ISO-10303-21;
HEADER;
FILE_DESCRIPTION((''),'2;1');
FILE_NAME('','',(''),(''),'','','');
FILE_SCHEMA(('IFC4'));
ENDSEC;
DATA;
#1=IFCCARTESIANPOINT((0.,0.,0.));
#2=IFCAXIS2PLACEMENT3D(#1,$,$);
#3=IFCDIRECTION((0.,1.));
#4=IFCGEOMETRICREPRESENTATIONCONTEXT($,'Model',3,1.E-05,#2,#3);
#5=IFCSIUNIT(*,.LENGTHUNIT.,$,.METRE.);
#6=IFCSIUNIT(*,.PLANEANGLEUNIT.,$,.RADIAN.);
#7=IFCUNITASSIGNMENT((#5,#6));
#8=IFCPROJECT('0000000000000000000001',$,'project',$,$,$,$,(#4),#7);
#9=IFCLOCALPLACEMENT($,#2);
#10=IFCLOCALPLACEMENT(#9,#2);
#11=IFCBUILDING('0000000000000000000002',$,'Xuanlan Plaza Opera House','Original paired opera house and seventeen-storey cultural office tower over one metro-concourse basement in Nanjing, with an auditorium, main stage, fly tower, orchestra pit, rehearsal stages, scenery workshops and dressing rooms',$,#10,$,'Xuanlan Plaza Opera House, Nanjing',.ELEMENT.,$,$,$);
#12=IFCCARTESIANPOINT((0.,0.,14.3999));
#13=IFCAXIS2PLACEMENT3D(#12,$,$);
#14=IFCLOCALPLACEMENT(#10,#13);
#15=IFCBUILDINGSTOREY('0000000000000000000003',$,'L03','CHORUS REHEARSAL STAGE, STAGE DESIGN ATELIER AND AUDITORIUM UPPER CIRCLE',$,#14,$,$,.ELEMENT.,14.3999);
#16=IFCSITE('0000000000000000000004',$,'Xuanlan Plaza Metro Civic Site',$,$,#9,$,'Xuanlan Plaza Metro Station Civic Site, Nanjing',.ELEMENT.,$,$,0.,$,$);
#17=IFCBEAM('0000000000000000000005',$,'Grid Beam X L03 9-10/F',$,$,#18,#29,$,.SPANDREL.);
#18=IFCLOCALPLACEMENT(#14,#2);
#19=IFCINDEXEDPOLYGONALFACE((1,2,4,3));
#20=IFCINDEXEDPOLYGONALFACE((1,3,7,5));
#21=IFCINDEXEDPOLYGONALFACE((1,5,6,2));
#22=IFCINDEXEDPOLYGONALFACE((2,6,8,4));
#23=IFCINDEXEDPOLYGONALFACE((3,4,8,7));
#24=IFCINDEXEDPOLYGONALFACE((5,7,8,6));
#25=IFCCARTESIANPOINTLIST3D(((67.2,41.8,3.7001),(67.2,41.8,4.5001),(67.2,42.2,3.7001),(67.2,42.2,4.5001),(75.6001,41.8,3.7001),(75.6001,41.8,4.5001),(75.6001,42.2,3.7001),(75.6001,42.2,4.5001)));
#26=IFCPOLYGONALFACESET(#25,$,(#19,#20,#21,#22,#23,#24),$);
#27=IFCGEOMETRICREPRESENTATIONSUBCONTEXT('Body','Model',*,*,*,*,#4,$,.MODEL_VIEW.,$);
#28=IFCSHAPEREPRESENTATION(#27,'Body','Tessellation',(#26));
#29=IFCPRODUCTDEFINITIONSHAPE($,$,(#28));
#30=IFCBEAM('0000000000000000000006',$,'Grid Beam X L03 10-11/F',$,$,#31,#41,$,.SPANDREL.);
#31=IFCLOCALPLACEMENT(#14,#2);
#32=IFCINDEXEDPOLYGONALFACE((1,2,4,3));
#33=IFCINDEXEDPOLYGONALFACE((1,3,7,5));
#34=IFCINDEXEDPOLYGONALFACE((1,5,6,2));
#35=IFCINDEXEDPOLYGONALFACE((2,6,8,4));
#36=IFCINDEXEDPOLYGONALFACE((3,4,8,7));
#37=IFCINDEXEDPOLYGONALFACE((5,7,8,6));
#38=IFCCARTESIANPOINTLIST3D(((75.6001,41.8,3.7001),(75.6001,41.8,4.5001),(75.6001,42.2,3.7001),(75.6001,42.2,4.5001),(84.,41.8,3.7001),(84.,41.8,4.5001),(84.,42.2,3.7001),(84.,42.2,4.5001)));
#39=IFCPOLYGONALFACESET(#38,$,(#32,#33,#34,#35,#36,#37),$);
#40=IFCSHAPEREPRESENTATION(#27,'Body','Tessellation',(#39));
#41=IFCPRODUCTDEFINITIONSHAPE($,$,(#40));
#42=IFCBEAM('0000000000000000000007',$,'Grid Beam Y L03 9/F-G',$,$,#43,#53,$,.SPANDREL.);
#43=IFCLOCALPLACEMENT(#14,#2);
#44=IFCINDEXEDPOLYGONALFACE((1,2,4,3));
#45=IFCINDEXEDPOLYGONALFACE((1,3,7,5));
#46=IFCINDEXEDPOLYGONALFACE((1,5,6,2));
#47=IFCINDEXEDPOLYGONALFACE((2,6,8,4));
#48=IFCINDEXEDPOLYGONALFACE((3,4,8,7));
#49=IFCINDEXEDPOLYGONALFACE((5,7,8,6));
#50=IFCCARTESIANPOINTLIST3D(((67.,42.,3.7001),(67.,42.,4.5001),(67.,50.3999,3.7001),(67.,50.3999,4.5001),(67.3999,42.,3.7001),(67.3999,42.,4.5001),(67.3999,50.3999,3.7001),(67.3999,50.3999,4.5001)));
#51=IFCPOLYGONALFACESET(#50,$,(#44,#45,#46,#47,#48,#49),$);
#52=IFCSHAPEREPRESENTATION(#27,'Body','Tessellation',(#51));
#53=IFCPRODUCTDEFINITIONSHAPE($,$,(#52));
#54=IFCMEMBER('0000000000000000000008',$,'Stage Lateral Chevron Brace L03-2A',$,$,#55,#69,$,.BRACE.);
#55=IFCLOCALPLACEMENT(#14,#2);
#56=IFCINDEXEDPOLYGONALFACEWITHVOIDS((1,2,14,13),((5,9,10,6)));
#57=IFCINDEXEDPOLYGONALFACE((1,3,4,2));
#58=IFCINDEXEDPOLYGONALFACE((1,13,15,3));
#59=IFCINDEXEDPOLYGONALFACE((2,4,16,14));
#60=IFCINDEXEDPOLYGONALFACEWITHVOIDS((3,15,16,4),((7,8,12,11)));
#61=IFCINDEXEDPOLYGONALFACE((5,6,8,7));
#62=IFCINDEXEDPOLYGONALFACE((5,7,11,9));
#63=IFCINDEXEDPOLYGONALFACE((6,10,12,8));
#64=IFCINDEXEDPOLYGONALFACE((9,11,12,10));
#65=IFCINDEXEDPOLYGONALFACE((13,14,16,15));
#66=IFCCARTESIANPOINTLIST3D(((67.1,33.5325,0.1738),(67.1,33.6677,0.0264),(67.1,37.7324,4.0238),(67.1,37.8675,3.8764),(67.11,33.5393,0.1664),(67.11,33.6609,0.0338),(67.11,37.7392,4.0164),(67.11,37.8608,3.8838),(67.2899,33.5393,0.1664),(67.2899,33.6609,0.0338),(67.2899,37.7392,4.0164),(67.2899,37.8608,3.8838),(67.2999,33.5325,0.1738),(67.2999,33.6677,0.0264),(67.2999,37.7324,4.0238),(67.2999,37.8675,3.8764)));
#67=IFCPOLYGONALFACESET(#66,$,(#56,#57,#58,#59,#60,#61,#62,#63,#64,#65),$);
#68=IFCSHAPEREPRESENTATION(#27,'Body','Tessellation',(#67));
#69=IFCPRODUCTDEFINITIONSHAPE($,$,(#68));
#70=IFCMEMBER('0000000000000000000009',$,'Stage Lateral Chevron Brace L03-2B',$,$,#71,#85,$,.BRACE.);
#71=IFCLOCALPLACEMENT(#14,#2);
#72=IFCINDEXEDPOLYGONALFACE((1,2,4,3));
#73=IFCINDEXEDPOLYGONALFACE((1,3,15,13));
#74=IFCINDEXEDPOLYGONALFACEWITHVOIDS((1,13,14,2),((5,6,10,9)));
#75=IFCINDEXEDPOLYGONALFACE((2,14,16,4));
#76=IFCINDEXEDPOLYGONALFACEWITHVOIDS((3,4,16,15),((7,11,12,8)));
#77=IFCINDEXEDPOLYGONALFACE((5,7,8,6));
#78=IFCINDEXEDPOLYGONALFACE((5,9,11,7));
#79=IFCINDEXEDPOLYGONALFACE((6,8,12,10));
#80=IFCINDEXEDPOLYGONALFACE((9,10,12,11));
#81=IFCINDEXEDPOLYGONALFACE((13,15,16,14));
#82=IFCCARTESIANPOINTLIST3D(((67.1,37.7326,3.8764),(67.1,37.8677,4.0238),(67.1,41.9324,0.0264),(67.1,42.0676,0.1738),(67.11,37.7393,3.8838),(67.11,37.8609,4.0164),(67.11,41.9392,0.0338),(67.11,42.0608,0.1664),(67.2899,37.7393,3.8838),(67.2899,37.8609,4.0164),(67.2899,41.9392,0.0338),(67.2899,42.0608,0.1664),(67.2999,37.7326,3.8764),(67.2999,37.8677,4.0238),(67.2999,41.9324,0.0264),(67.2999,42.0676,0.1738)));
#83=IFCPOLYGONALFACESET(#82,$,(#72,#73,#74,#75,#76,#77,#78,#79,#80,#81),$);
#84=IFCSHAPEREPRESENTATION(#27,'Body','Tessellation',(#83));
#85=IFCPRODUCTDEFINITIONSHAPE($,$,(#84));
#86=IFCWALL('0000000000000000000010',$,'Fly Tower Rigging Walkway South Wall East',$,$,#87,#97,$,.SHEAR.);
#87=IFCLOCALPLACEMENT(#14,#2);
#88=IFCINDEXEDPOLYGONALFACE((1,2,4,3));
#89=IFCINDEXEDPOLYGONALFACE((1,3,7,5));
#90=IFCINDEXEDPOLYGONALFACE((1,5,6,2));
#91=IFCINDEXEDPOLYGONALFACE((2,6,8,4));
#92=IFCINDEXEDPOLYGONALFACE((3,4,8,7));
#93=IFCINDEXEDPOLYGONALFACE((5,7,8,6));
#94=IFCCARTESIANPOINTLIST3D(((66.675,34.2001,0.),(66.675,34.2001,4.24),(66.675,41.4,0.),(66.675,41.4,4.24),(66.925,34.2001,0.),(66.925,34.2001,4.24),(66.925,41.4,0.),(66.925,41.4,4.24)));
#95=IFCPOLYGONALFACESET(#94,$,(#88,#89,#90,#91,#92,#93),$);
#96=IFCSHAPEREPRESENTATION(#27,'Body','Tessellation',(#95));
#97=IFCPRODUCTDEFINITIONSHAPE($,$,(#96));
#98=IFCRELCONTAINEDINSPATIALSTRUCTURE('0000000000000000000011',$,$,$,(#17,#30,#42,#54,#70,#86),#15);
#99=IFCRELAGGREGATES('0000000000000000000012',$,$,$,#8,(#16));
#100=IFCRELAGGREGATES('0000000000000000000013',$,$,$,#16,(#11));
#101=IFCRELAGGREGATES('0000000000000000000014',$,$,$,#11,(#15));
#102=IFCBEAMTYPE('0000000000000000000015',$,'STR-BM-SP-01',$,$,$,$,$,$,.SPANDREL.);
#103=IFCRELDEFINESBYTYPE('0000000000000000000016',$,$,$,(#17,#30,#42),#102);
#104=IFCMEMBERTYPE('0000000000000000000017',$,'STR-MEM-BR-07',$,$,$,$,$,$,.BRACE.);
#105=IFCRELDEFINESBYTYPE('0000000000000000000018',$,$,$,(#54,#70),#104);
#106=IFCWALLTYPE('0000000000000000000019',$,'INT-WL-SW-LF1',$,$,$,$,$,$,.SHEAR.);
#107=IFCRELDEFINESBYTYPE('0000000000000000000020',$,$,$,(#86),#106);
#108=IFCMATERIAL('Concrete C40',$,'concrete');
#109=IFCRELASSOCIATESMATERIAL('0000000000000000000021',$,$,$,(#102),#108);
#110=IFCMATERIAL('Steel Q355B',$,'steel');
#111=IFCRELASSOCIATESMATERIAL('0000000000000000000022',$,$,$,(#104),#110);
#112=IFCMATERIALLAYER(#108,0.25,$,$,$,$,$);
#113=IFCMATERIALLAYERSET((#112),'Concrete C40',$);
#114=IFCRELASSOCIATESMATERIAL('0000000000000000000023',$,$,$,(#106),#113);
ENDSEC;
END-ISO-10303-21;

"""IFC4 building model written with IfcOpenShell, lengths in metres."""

from ifc_helpers import new_model, si_unit, direction, frame, frame_2d, origin, origin_2d, place, context, subcontext, project, spatial, rectangle, hollow_rectangle, extrude, material, layer, layer_set, material_profile, profile_set, type_object, element, save


model = new_model("IFC4")

# Units and contexts
model_context = context("Model", 3, precision=1e-05, world=origin(), true_north=direction((0.0, 1.0)))
body_context = subcontext(model_context, "Body", "Model", "MODEL_VIEW")
ifc_project = project(units=[si_unit("LENGTHUNIT", "METRE"), si_unit("PLANEANGLEUNIT", "RADIAN")], contexts=[model_context])

# Site, building, storey
site_placement = place(None, origin())
site = spatial("IfcSite", under=ifc_project, at=site_placement, Name="Xuanlan Plaza Metro Civic Site", LongName="Xuanlan Plaza Metro Station Civic Site, Nanjing", CompositionType="ELEMENT", RefElevation=0.0)
building_placement = place(site_placement, origin())
building = spatial("IfcBuilding", under=site, at=building_placement, Name="Xuanlan Plaza Opera House", Description="Original paired opera house and seventeen-storey cultural office tower over one metro-concourse basement in Nanjing, with an auditorium, main stage, fly tower, orchestra pit, rehearsal stages, scenery workshops and dressing rooms", LongName="Xuanlan Plaza Opera House, Nanjing", CompositionType="ELEMENT")
storey_placement = place(building_placement, frame((0.0, 0.0, 14.3999)))
storey = spatial("IfcBuildingStorey", under=building, at=storey_placement, Name="L03", Description="CHORUS REHEARSAL STAGE, STAGE DESIGN ATELIER AND AUDITORIUM UPPER CIRCLE", CompositionType="ELEMENT", Elevation=14.3999)

# Shared definitions
ifc_material_1 = material(Name="Concrete C40", Category="concrete")

# Beams
ifc_material_2 = material(Name="Steel Q355B", Category="steel")
ifc_material_profile_1 = material_profile(ifc_material_1, rectangle(XDim=0.3999, YDim=0.8, at=origin_2d()), Name="RC-SPD 400x800")
ifc_profile_set_1 = profile_set([ifc_material_profile_1], Name="Concrete C40")
beam_type_1 = type_object("IfcBeamType", Name="STR-BM-SP-01", PredefinedType="SPANDREL", material=ifc_profile_set_1)
beam_1_placement = place(storey_placement, frame((67.2, 42.0, 4.1001), z_axis=(1.0, 0.0, 0.0), x_axis=(0.0, 1.0, 0.0)))
element("IfcBeam", 1, at=beam_1_placement, inside=storey, type_object=beam_type_1, Name="Grid Beam X L03 9-10/F", PredefinedType="SPANDREL", context=body_context, shape_type="SweptSolid", body=[
    extrude(rectangle(XDim=0.3999, YDim=0.8, at=origin_2d()), origin(), (0.0, 0.0, 1.0), 8.4001),
])
for number, where, z_axis, x_axis, name in (
    (2, (75.6001, 42.0, 4.1001), (1.0, 0.0, 0.0), (0.0, 1.0, 0.0), "Grid Beam X L03 10-11/F"),
    (3, (67.2, 42.0, 4.1001), (0.0, 1.0, 0.0), (-1.0, 0.0, 0.0), "Grid Beam Y L03 9/F-G"),
):
    element("IfcBeam", number, at=place(storey_placement, frame(where, z_axis=z_axis, x_axis=x_axis)), inside=storey, type_object=beam_type_1, Name=name, PredefinedType="SPANDREL", context=body_context, shape_type="SweptSolid", body=[
        extrude(rectangle(XDim=0.3999, YDim=0.8, at=origin_2d()), origin(), (0.0, 0.0, 1.0), 8.3999),
    ])

# Members
ifc_material_profile_2 = material_profile(ifc_material_2, hollow_rectangle(XDim=0.2, YDim=0.2, WallThickness=0.01, at=origin_2d()), Name="SHS 200x200x10")
ifc_profile_set_2 = profile_set([ifc_material_profile_2], Name="Steel Q355B")
member_type = type_object("IfcMemberType", Name="STR-MEM-BR-07", PredefinedType="BRACE", material=ifc_profile_set_2)
for number, where, z_axis, x_axis, name in (
    (4, (67.2, 33.6001, 0.1001), (0.0, 0.737142, 0.675738), (-1.0, 0.0, 0.0), "Stage Lateral Chevron Brace L03-2A"),
    (5, (67.2, 42.0, 0.1001), (0.0, -0.737142, 0.675738), (1.0, 0.0, 0.0), "Stage Lateral Chevron Brace L03-2B"),
):
    element("IfcMember", number, at=place(storey_placement, frame(where, z_axis=z_axis, x_axis=x_axis)), inside=storey, type_object=member_type, Name=name, PredefinedType="BRACE", context=body_context, shape_type="SweptSolid", body=[
        extrude(hollow_rectangle(XDim=0.2, YDim=0.2, WallThickness=0.01, at=origin_2d()), origin(), (0.0, 0.0, 1.0), 5.6975),
    ])

# Wall
ifc_layer = layer(ifc_material_1, 0.25)
ifc_layer_set = layer_set([ifc_layer], Name="Concrete C40")
wall_type = type_object("IfcWallType", Name="INT-WL-SW-LF1", PredefinedType="SHEAR", material=ifc_layer_set)
wall_placement = place(storey_placement, frame((66.8, 34.2, 0.0), z_axis=(0.0, 0.0, 1.0), x_axis=(0.0, 1.0, 0.0)))
element("IfcWall", 6, at=wall_placement, inside=storey, type_object=wall_type, Name="Fly Tower Rigging Walkway South Wall East", PredefinedType="SHEAR", context=body_context, shape_type="SweptSolid", body=[
    extrude(rectangle(XDim=7.2, YDim=0.25, at=frame_2d((3.6001, 0.0))), origin(), (0.0, 0.0, 1.0), 4.24),
])

save(model, "model.ifc")
